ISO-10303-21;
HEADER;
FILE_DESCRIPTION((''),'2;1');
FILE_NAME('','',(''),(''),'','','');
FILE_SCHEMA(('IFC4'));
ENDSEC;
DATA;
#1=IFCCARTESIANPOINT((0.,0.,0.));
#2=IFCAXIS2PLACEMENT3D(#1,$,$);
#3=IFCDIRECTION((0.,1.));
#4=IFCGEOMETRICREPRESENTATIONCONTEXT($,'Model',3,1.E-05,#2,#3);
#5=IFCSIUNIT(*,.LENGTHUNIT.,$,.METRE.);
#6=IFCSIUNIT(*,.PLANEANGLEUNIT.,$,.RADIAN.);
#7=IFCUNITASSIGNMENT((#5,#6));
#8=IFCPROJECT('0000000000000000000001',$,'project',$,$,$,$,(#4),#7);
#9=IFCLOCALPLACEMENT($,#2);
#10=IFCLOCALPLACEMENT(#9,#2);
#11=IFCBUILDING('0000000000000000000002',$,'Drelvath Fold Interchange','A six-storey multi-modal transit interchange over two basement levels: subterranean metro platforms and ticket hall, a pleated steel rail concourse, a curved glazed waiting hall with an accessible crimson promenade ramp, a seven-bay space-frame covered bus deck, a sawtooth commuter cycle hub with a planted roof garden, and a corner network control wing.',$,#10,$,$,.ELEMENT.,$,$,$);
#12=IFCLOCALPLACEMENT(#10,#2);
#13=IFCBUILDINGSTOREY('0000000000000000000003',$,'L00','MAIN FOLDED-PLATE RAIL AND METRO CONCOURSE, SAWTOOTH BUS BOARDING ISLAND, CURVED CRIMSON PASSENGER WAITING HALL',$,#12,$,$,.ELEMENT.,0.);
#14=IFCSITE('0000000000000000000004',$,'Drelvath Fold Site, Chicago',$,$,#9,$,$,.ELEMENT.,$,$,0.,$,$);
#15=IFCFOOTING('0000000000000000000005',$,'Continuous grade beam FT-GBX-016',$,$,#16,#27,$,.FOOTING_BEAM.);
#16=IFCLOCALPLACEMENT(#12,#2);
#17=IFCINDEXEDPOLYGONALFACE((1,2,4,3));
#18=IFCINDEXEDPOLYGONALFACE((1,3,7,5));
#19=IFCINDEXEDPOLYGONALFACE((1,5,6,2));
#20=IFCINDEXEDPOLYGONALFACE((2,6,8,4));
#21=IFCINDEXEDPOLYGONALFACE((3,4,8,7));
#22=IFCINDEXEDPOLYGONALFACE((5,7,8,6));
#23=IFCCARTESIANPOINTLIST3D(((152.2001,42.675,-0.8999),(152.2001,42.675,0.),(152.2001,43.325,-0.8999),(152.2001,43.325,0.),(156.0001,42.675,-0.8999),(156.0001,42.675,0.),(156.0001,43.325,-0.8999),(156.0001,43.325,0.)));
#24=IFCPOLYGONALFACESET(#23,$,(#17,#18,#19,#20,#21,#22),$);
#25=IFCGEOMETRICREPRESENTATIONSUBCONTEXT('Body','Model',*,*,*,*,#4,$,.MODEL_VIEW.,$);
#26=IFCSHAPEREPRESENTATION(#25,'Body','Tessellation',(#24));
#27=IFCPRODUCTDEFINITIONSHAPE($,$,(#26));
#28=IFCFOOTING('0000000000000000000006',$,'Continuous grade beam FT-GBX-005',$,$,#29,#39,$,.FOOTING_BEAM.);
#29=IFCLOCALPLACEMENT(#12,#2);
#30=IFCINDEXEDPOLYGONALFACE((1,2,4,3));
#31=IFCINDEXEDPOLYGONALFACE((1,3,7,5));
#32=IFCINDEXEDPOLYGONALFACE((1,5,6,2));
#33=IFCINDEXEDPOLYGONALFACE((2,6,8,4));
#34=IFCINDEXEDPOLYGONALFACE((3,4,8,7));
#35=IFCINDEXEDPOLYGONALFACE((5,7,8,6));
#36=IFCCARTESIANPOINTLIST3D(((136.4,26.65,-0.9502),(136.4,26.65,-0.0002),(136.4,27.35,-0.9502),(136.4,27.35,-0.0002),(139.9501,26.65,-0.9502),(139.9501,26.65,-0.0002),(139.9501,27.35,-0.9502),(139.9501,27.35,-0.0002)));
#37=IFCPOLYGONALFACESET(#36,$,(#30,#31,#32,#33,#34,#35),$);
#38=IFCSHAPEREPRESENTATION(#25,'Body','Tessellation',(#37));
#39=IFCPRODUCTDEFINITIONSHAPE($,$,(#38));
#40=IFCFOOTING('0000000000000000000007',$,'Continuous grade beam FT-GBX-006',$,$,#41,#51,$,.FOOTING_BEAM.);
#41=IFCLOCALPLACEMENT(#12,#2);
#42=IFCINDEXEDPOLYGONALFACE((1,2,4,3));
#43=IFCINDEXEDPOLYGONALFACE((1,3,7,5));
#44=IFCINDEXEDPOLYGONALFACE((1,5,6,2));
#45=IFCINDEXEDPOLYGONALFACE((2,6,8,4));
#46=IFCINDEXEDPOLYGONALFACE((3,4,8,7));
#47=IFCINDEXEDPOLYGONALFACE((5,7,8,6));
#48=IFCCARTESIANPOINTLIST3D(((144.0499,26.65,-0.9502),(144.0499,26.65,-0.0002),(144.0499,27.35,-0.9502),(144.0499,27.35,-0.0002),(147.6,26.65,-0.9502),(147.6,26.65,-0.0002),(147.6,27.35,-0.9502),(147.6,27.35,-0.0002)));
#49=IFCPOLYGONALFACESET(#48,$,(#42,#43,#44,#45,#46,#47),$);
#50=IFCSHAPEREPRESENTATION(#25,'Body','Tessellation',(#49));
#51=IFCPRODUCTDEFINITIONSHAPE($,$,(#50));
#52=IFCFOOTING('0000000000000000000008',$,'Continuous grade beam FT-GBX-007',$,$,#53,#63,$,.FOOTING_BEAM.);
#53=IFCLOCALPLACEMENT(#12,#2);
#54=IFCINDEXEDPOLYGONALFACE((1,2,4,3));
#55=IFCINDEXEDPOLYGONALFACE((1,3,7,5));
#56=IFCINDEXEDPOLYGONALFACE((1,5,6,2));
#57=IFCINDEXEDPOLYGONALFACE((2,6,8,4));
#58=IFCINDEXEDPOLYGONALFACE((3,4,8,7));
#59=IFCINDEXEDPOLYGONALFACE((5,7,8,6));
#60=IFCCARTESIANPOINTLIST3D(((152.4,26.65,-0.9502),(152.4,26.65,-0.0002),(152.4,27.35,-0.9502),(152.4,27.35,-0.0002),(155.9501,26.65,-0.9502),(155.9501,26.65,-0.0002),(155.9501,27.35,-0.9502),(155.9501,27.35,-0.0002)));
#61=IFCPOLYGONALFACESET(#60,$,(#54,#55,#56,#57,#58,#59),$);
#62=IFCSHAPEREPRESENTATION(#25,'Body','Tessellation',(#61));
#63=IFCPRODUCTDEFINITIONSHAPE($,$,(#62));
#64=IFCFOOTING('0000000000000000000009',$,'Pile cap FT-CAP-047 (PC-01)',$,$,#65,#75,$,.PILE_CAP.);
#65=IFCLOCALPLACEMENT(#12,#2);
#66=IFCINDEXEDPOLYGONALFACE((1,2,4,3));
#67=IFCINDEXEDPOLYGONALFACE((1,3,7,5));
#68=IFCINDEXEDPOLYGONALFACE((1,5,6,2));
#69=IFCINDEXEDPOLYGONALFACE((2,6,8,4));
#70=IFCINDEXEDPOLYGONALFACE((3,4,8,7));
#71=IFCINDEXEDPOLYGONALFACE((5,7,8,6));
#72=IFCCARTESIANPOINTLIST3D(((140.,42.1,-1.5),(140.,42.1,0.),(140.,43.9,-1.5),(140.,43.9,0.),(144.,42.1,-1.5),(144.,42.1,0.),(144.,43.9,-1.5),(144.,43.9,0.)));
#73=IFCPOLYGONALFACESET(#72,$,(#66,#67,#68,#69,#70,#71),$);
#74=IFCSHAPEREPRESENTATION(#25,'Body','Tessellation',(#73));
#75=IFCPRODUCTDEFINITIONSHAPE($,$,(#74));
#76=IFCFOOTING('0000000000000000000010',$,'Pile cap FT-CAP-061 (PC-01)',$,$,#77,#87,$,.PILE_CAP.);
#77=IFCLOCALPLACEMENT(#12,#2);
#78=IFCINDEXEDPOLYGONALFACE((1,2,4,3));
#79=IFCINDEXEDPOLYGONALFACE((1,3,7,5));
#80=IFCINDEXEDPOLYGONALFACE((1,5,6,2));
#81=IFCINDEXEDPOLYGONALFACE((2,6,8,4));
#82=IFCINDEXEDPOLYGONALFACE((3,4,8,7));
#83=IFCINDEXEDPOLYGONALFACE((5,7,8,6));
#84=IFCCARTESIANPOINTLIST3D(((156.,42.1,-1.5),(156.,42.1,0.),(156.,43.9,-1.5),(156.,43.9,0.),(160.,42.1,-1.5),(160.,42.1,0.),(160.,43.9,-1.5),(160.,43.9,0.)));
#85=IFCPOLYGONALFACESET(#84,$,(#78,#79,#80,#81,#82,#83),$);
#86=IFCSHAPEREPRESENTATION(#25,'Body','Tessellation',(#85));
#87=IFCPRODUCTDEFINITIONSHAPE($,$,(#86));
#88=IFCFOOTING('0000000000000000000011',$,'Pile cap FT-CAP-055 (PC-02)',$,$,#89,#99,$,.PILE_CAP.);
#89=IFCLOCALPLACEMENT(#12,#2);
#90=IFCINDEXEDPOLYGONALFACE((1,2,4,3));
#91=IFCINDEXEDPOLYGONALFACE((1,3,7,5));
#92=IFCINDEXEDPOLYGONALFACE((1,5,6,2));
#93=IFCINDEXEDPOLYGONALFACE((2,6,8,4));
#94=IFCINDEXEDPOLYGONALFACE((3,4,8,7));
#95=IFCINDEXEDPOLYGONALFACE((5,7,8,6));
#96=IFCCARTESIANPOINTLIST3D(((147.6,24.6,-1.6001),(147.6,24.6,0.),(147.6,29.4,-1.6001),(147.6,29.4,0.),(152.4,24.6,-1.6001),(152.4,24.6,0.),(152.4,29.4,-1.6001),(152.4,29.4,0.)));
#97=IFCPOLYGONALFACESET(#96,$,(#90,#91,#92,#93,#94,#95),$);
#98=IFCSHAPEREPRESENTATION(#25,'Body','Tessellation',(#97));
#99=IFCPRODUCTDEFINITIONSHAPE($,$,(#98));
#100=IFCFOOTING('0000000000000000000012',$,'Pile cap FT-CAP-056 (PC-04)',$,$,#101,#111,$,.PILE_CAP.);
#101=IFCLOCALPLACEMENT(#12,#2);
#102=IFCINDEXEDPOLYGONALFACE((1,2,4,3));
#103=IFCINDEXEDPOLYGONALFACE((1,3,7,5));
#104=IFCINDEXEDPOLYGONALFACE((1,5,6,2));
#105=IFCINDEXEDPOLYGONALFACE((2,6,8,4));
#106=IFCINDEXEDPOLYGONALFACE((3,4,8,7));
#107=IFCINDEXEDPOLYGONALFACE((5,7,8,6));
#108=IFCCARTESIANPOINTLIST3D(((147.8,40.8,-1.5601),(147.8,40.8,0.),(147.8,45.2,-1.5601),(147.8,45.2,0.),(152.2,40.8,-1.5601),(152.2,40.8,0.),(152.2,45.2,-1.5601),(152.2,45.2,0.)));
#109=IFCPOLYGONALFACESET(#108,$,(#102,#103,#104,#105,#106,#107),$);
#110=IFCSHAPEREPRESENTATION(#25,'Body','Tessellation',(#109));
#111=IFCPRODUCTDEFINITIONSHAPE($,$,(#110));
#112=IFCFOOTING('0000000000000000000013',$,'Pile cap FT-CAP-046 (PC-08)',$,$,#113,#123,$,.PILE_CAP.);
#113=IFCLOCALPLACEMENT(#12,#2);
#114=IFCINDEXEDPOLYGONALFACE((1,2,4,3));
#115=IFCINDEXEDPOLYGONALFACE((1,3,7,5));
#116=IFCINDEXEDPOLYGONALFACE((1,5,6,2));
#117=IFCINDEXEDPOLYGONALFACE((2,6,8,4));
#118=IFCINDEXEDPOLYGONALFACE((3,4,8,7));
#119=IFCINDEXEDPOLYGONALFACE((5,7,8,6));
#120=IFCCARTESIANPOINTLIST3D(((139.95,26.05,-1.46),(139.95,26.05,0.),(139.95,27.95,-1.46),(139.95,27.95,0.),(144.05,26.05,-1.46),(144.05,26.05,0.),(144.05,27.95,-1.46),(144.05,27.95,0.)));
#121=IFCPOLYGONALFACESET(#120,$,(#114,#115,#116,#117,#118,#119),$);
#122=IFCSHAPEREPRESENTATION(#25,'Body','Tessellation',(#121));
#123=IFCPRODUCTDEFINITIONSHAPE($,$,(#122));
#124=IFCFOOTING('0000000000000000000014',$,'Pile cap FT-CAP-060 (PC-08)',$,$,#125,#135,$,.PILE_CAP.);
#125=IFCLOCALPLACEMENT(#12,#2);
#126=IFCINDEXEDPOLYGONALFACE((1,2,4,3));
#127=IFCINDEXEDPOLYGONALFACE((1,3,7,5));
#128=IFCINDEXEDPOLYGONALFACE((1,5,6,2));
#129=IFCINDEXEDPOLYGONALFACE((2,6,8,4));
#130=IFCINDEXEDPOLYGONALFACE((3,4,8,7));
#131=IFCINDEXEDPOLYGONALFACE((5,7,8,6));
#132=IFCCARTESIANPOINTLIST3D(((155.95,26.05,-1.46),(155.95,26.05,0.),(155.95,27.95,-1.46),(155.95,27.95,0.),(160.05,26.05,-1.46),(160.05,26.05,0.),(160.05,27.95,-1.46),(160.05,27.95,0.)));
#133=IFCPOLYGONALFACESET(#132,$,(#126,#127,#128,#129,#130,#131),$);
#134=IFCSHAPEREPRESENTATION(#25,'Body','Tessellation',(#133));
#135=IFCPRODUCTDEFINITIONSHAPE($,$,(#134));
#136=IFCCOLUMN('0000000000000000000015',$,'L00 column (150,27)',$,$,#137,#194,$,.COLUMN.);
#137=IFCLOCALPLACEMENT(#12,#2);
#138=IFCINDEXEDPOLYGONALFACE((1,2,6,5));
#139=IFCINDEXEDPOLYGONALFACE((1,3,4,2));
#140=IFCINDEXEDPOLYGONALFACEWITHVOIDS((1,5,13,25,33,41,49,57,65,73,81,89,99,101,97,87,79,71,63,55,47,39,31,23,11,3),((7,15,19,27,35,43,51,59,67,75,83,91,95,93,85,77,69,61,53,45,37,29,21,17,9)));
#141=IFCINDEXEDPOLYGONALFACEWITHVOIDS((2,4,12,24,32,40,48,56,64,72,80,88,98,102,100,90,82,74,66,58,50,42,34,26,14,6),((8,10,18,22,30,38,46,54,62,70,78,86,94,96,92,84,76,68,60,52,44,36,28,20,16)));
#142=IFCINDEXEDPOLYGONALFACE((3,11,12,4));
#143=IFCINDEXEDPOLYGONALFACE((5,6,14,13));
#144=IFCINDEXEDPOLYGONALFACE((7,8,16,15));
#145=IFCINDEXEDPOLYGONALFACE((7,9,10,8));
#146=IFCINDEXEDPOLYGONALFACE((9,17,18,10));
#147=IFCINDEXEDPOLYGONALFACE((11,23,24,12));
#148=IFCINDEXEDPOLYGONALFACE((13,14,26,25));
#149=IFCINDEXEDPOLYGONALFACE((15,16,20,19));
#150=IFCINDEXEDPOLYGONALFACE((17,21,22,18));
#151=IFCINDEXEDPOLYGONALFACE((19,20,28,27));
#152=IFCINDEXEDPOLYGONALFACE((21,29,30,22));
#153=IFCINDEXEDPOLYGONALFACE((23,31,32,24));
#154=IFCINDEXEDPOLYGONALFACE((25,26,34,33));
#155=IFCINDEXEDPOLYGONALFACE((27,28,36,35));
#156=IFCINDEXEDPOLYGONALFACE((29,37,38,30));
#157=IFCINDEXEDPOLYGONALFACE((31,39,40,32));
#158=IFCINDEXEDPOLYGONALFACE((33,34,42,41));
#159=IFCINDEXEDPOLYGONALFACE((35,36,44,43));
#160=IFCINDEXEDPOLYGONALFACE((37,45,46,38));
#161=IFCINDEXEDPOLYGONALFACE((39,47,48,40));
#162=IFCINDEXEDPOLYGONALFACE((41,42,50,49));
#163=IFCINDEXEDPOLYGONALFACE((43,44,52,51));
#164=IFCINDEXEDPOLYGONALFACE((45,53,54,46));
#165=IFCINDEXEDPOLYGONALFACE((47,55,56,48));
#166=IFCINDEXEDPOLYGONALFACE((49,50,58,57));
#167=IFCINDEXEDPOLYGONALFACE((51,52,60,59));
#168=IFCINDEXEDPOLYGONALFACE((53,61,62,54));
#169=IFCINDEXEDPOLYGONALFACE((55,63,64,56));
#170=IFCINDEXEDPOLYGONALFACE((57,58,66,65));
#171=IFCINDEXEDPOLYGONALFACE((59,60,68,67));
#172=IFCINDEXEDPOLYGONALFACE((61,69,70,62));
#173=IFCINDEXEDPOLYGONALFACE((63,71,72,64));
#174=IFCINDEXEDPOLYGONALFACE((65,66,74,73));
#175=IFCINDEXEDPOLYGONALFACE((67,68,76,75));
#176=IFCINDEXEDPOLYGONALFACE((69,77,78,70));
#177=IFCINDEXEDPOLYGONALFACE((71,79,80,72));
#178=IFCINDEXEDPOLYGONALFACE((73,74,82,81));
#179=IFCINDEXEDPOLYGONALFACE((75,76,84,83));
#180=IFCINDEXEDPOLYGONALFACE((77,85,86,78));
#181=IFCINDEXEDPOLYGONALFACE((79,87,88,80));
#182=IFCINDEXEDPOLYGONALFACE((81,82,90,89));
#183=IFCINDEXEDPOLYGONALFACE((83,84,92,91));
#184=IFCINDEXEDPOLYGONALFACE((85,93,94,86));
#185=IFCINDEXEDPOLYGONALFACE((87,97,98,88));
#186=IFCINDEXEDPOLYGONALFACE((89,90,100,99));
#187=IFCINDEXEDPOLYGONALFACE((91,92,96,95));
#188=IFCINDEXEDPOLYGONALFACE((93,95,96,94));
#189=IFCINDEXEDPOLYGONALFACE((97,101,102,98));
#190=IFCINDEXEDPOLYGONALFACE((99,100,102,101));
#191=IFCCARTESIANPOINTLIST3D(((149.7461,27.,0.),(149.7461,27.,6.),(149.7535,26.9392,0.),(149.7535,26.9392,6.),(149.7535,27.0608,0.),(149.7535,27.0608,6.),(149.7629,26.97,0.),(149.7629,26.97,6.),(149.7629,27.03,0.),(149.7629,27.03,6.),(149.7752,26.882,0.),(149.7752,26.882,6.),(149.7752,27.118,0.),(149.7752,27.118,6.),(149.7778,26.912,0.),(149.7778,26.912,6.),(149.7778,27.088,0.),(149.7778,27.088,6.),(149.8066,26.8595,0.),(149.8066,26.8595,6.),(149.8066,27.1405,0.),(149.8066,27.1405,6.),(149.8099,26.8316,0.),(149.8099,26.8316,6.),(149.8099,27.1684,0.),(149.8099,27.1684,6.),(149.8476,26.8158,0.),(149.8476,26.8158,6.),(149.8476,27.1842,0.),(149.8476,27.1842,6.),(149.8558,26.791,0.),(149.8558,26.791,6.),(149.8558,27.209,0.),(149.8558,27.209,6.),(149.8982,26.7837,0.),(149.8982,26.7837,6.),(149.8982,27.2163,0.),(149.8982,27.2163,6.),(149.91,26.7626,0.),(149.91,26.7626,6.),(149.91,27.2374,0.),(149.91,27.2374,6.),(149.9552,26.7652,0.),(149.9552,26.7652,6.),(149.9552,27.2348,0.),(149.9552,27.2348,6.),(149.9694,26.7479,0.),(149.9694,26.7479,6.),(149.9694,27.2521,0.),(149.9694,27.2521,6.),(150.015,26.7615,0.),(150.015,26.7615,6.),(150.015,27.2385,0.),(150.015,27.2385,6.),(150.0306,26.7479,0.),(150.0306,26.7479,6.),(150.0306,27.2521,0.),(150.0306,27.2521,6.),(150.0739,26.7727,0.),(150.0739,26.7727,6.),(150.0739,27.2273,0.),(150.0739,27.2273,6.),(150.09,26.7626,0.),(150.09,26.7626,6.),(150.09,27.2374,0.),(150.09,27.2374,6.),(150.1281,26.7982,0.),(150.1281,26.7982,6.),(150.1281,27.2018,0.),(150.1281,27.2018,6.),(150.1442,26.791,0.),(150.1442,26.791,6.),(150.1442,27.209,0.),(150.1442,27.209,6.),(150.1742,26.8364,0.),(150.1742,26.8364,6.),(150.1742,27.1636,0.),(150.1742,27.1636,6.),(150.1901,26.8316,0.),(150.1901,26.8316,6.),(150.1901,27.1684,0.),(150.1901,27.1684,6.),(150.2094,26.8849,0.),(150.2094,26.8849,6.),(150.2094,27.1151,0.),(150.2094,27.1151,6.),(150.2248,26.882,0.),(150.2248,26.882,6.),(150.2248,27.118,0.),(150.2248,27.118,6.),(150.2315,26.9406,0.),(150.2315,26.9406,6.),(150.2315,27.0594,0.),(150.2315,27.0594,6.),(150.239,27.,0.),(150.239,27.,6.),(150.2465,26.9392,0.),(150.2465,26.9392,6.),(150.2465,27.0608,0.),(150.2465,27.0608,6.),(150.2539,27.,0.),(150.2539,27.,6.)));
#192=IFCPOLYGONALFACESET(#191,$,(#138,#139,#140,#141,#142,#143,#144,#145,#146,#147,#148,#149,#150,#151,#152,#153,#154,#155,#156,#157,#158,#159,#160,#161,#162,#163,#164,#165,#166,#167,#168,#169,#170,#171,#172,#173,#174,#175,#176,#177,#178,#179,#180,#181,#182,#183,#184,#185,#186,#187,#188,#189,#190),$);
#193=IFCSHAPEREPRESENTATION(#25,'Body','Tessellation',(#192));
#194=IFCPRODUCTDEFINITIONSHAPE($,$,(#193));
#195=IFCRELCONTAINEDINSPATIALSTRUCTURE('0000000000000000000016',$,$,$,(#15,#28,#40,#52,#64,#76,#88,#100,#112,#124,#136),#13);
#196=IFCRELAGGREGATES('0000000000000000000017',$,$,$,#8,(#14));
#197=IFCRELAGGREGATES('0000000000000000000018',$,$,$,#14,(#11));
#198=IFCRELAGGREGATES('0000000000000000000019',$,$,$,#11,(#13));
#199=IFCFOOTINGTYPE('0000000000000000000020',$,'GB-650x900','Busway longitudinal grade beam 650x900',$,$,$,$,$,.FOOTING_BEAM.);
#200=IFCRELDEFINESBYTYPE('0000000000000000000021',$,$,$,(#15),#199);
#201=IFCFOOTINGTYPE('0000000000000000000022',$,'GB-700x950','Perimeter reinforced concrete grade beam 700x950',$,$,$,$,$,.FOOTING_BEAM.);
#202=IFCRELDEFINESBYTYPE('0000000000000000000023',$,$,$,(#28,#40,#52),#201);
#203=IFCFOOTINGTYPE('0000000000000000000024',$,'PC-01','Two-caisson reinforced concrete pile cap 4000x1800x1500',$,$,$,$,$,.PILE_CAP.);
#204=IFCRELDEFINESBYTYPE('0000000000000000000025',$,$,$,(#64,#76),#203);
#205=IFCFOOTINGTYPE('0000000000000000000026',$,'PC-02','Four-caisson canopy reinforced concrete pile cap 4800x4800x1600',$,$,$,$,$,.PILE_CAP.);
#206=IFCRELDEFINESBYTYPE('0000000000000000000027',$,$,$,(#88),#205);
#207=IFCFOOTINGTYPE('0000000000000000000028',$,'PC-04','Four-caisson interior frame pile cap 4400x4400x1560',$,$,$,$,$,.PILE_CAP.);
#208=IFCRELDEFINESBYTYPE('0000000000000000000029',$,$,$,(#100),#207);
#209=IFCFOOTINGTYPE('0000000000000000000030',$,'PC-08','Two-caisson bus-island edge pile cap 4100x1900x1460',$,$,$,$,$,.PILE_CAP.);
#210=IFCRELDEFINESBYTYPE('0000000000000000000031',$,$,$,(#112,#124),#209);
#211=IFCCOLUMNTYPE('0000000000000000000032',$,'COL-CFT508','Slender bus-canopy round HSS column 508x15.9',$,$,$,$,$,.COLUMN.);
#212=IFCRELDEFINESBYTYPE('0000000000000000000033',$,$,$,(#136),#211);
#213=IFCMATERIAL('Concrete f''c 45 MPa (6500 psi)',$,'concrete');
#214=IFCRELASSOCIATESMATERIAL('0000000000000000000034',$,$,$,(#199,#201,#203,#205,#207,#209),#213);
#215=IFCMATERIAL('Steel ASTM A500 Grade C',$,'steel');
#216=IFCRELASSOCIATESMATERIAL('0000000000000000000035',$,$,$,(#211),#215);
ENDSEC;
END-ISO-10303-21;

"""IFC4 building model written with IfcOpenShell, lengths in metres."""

from ifc_helpers import new_model, si_unit, direction, frame, origin, origin_2d, place, context, subcontext, project, spatial, rectangle, hollow_circle, extrude, material, material_profile, profile_set, type_object, element, save


model = new_model("IFC4")

# Units and contexts
model_context = context("Model", 3, precision=1e-05, world=origin(), true_north=direction((0.0, 1.0)))
body_context = subcontext(model_context, "Body", "Model", "MODEL_VIEW")
ifc_project = project(units=[si_unit("LENGTHUNIT", "METRE"), si_unit("PLANEANGLEUNIT", "RADIAN")], contexts=[model_context])

# Site, building, storey
site_placement = place(None, origin())
site = spatial("IfcSite", under=ifc_project, at=site_placement, Name="Drelvath Fold Site, Chicago", CompositionType="ELEMENT", RefElevation=0.0)
building_placement = place(site_placement, origin())
building = spatial("IfcBuilding", under=site, at=building_placement, Name="Drelvath Fold Interchange", Description="A six-storey multi-modal transit interchange over two basement levels: subterranean metro platforms and ticket hall, a pleated steel rail concourse, a curved glazed waiting hall with an accessible crimson promenade ramp, a seven-bay space-frame covered bus deck, a sawtooth commuter cycle hub with a planted roof garden, and a corner network control wing.", CompositionType="ELEMENT")
storey_placement = place(building_placement, origin())
storey = spatial("IfcBuildingStorey", under=building, at=storey_placement, Name="L00", Description="MAIN FOLDED-PLATE RAIL AND METRO CONCOURSE, SAWTOOTH BUS BOARDING ISLAND, CURVED CRIMSON PASSENGER WAITING HALL", CompositionType="ELEMENT", Elevation=0.0)

# Footings
ifc_material_1 = material(Name="Concrete f'c 45 MPa (6500 psi)", Category="concrete")
footing_type_1 = type_object("IfcFootingType", Name="GB-650x900", Description="Busway longitudinal grade beam 650x900", PredefinedType="FOOTING_BEAM", material=ifc_material_1)
for number, where, z_axis, x_axis, name in (
    (1, (154.1001, 43.0, -0.8999), (0.0, 0.0, 1.0), (1.0, 0.0, 0.0), "Continuous grade beam FT-GBX-016"),
):
    element("IfcFooting", number, at=place(storey_placement, frame(where, z_axis=z_axis, x_axis=x_axis)), inside=storey, type_object=footing_type_1, Name=name, PredefinedType="FOOTING_BEAM", context=body_context, shape_type="SweptSolid", body=[
        extrude(rectangle(XDim=3.8, YDim=0.6499, at=origin_2d()), origin(), (0.0, 0.0, 1.0), 0.8999),
    ])
footing_type_2 = type_object("IfcFootingType", Name="GB-700x950", Description="Perimeter reinforced concrete grade beam 700x950", PredefinedType="FOOTING_BEAM", material=ifc_material_1)
for number, where, z_axis, x_axis, name in (
    (2, (138.175, 27.0, -0.9502), (0.0, 0.0, 1.0), (1.0, 0.0, 0.0), "Continuous grade beam FT-GBX-005"),
    (3, (145.825, 27.0, -0.9502), (0.0, 0.0, 1.0), (1.0, 0.0, 0.0), "Continuous grade beam FT-GBX-006"),
    (4, (154.175, 27.0, -0.9502), (0.0, 0.0, 1.0), (1.0, 0.0, 0.0), "Continuous grade beam FT-GBX-007"),
):
    element("IfcFooting", number, at=place(storey_placement, frame(where, z_axis=z_axis, x_axis=x_axis)), inside=storey, type_object=footing_type_2, Name=name, PredefinedType="FOOTING_BEAM", context=body_context, shape_type="SweptSolid", body=[
        extrude(rectangle(XDim=3.55, YDim=0.7, at=origin_2d()), origin(), (0.0, 0.0, 1.0), 0.95),
    ])
footing_type_3 = type_object("IfcFootingType", Name="PC-01", Description="Two-caisson reinforced concrete pile cap 4000x1800x1500", PredefinedType="PILE_CAP", material=ifc_material_1)
for number, where, z_axis, x_axis, name in (
    (5, (142.0, 43.0, -1.5), (0.0, 0.0, 1.0), (1.0, 0.0, 0.0), "Pile cap FT-CAP-047 (PC-01)"),
    (6, (158.0, 43.0, -1.5), (0.0, 0.0, 1.0), (1.0, 0.0, 0.0), "Pile cap FT-CAP-061 (PC-01)"),
):
    element("IfcFooting", number, at=place(storey_placement, frame(where, z_axis=z_axis, x_axis=x_axis)), inside=storey, type_object=footing_type_3, Name=name, PredefinedType="PILE_CAP", context=body_context, shape_type="SweptSolid", body=[
        extrude(rectangle(XDim=4.0, YDim=1.8, at=origin_2d()), origin(), (0.0, 0.0, 1.0), 1.5),
    ])
footing_type_4 = type_object("IfcFootingType", Name="PC-02", Description="Four-caisson canopy reinforced concrete pile cap 4800x4800x1600", PredefinedType="PILE_CAP", material=ifc_material_1)
footing_1_placement = place(storey_placement, frame((150.0, 27.0, -1.6001), z_axis=(0.0, 0.0, 1.0), x_axis=(1.0, 0.0, 0.0)))
element("IfcFooting", 7, at=footing_1_placement, inside=storey, type_object=footing_type_4, Name="Pile cap FT-CAP-055 (PC-02)", PredefinedType="PILE_CAP", context=body_context, shape_type="SweptSolid", body=[
    extrude(rectangle(XDim=4.8, YDim=4.8, at=origin_2d()), origin(), (0.0, 0.0, 1.0), 1.6001),
])
footing_type_5 = type_object("IfcFootingType", Name="PC-04", Description="Four-caisson interior frame pile cap 4400x4400x1560", PredefinedType="PILE_CAP", material=ifc_material_1)
footing_2_placement = place(storey_placement, frame((150.0, 43.0, -1.5601), z_axis=(0.0, 0.0, 1.0), x_axis=(1.0, 0.0, 0.0)))
element("IfcFooting", 8, at=footing_2_placement, inside=storey, type_object=footing_type_5, Name="Pile cap FT-CAP-056 (PC-04)", PredefinedType="PILE_CAP", context=body_context, shape_type="SweptSolid", body=[
    extrude(rectangle(XDim=4.3999, YDim=4.3999, at=origin_2d()), origin(), (0.0, 0.0, 1.0), 1.5601),
])
footing_type_6 = type_object("IfcFootingType", Name="PC-08", Description="Two-caisson bus-island edge pile cap 4100x1900x1460", PredefinedType="PILE_CAP", material=ifc_material_1)
for number, where, z_axis, x_axis, name in (
    (9, (142.0, 27.0, -1.46), (0.0, 0.0, 1.0), (1.0, 0.0, 0.0), "Pile cap FT-CAP-046 (PC-08)"),
    (10, (158.0, 27.0, -1.46), (0.0, 0.0, 1.0), (1.0, 0.0, 0.0), "Pile cap FT-CAP-060 (PC-08)"),
):
    element("IfcFooting", number, at=place(storey_placement, frame(where, z_axis=z_axis, x_axis=x_axis)), inside=storey, type_object=footing_type_6, Name=name, PredefinedType="PILE_CAP", context=body_context, shape_type="SweptSolid", body=[
        extrude(rectangle(XDim=4.1001, YDim=1.8999, at=origin_2d()), origin(), (0.0, 0.0, 1.0), 1.46),
    ])

# Column
ifc_material_2 = material(Name="Steel ASTM A500 Grade C", Category="steel")
ifc_material_profile_1 = material_profile(ifc_material_2, hollow_circle(Radius=0.2539, WallThickness=0.0149, at=origin_2d()), Name="HSS20.000X0.625")
ifc_profile_set_1 = profile_set([ifc_material_profile_1], Name="Steel ASTM A500 Grade C")
column_type_1 = type_object("IfcColumnType", Name="COL-CFT508", Description="Slender bus-canopy round HSS column 508x15.9", PredefinedType="COLUMN", material=ifc_profile_set_1)
column_1_placement = place(storey_placement, frame((150.0, 27.0, 0.0), z_axis=(0.0, 0.0, 1.0), x_axis=(1.0, 0.0, 0.0)))
element("IfcColumn", 11, at=column_1_placement, inside=storey, type_object=column_type_1, Name="L00 column (150,27)", PredefinedType="COLUMN", context=body_context, shape_type="SweptSolid", body=[
    extrude(hollow_circle(Radius=0.2539, WallThickness=0.0149, at=origin_2d()), origin(), (0.0, 0.0, 1.0), 6.0),
])

save(model, "model.ifc")
